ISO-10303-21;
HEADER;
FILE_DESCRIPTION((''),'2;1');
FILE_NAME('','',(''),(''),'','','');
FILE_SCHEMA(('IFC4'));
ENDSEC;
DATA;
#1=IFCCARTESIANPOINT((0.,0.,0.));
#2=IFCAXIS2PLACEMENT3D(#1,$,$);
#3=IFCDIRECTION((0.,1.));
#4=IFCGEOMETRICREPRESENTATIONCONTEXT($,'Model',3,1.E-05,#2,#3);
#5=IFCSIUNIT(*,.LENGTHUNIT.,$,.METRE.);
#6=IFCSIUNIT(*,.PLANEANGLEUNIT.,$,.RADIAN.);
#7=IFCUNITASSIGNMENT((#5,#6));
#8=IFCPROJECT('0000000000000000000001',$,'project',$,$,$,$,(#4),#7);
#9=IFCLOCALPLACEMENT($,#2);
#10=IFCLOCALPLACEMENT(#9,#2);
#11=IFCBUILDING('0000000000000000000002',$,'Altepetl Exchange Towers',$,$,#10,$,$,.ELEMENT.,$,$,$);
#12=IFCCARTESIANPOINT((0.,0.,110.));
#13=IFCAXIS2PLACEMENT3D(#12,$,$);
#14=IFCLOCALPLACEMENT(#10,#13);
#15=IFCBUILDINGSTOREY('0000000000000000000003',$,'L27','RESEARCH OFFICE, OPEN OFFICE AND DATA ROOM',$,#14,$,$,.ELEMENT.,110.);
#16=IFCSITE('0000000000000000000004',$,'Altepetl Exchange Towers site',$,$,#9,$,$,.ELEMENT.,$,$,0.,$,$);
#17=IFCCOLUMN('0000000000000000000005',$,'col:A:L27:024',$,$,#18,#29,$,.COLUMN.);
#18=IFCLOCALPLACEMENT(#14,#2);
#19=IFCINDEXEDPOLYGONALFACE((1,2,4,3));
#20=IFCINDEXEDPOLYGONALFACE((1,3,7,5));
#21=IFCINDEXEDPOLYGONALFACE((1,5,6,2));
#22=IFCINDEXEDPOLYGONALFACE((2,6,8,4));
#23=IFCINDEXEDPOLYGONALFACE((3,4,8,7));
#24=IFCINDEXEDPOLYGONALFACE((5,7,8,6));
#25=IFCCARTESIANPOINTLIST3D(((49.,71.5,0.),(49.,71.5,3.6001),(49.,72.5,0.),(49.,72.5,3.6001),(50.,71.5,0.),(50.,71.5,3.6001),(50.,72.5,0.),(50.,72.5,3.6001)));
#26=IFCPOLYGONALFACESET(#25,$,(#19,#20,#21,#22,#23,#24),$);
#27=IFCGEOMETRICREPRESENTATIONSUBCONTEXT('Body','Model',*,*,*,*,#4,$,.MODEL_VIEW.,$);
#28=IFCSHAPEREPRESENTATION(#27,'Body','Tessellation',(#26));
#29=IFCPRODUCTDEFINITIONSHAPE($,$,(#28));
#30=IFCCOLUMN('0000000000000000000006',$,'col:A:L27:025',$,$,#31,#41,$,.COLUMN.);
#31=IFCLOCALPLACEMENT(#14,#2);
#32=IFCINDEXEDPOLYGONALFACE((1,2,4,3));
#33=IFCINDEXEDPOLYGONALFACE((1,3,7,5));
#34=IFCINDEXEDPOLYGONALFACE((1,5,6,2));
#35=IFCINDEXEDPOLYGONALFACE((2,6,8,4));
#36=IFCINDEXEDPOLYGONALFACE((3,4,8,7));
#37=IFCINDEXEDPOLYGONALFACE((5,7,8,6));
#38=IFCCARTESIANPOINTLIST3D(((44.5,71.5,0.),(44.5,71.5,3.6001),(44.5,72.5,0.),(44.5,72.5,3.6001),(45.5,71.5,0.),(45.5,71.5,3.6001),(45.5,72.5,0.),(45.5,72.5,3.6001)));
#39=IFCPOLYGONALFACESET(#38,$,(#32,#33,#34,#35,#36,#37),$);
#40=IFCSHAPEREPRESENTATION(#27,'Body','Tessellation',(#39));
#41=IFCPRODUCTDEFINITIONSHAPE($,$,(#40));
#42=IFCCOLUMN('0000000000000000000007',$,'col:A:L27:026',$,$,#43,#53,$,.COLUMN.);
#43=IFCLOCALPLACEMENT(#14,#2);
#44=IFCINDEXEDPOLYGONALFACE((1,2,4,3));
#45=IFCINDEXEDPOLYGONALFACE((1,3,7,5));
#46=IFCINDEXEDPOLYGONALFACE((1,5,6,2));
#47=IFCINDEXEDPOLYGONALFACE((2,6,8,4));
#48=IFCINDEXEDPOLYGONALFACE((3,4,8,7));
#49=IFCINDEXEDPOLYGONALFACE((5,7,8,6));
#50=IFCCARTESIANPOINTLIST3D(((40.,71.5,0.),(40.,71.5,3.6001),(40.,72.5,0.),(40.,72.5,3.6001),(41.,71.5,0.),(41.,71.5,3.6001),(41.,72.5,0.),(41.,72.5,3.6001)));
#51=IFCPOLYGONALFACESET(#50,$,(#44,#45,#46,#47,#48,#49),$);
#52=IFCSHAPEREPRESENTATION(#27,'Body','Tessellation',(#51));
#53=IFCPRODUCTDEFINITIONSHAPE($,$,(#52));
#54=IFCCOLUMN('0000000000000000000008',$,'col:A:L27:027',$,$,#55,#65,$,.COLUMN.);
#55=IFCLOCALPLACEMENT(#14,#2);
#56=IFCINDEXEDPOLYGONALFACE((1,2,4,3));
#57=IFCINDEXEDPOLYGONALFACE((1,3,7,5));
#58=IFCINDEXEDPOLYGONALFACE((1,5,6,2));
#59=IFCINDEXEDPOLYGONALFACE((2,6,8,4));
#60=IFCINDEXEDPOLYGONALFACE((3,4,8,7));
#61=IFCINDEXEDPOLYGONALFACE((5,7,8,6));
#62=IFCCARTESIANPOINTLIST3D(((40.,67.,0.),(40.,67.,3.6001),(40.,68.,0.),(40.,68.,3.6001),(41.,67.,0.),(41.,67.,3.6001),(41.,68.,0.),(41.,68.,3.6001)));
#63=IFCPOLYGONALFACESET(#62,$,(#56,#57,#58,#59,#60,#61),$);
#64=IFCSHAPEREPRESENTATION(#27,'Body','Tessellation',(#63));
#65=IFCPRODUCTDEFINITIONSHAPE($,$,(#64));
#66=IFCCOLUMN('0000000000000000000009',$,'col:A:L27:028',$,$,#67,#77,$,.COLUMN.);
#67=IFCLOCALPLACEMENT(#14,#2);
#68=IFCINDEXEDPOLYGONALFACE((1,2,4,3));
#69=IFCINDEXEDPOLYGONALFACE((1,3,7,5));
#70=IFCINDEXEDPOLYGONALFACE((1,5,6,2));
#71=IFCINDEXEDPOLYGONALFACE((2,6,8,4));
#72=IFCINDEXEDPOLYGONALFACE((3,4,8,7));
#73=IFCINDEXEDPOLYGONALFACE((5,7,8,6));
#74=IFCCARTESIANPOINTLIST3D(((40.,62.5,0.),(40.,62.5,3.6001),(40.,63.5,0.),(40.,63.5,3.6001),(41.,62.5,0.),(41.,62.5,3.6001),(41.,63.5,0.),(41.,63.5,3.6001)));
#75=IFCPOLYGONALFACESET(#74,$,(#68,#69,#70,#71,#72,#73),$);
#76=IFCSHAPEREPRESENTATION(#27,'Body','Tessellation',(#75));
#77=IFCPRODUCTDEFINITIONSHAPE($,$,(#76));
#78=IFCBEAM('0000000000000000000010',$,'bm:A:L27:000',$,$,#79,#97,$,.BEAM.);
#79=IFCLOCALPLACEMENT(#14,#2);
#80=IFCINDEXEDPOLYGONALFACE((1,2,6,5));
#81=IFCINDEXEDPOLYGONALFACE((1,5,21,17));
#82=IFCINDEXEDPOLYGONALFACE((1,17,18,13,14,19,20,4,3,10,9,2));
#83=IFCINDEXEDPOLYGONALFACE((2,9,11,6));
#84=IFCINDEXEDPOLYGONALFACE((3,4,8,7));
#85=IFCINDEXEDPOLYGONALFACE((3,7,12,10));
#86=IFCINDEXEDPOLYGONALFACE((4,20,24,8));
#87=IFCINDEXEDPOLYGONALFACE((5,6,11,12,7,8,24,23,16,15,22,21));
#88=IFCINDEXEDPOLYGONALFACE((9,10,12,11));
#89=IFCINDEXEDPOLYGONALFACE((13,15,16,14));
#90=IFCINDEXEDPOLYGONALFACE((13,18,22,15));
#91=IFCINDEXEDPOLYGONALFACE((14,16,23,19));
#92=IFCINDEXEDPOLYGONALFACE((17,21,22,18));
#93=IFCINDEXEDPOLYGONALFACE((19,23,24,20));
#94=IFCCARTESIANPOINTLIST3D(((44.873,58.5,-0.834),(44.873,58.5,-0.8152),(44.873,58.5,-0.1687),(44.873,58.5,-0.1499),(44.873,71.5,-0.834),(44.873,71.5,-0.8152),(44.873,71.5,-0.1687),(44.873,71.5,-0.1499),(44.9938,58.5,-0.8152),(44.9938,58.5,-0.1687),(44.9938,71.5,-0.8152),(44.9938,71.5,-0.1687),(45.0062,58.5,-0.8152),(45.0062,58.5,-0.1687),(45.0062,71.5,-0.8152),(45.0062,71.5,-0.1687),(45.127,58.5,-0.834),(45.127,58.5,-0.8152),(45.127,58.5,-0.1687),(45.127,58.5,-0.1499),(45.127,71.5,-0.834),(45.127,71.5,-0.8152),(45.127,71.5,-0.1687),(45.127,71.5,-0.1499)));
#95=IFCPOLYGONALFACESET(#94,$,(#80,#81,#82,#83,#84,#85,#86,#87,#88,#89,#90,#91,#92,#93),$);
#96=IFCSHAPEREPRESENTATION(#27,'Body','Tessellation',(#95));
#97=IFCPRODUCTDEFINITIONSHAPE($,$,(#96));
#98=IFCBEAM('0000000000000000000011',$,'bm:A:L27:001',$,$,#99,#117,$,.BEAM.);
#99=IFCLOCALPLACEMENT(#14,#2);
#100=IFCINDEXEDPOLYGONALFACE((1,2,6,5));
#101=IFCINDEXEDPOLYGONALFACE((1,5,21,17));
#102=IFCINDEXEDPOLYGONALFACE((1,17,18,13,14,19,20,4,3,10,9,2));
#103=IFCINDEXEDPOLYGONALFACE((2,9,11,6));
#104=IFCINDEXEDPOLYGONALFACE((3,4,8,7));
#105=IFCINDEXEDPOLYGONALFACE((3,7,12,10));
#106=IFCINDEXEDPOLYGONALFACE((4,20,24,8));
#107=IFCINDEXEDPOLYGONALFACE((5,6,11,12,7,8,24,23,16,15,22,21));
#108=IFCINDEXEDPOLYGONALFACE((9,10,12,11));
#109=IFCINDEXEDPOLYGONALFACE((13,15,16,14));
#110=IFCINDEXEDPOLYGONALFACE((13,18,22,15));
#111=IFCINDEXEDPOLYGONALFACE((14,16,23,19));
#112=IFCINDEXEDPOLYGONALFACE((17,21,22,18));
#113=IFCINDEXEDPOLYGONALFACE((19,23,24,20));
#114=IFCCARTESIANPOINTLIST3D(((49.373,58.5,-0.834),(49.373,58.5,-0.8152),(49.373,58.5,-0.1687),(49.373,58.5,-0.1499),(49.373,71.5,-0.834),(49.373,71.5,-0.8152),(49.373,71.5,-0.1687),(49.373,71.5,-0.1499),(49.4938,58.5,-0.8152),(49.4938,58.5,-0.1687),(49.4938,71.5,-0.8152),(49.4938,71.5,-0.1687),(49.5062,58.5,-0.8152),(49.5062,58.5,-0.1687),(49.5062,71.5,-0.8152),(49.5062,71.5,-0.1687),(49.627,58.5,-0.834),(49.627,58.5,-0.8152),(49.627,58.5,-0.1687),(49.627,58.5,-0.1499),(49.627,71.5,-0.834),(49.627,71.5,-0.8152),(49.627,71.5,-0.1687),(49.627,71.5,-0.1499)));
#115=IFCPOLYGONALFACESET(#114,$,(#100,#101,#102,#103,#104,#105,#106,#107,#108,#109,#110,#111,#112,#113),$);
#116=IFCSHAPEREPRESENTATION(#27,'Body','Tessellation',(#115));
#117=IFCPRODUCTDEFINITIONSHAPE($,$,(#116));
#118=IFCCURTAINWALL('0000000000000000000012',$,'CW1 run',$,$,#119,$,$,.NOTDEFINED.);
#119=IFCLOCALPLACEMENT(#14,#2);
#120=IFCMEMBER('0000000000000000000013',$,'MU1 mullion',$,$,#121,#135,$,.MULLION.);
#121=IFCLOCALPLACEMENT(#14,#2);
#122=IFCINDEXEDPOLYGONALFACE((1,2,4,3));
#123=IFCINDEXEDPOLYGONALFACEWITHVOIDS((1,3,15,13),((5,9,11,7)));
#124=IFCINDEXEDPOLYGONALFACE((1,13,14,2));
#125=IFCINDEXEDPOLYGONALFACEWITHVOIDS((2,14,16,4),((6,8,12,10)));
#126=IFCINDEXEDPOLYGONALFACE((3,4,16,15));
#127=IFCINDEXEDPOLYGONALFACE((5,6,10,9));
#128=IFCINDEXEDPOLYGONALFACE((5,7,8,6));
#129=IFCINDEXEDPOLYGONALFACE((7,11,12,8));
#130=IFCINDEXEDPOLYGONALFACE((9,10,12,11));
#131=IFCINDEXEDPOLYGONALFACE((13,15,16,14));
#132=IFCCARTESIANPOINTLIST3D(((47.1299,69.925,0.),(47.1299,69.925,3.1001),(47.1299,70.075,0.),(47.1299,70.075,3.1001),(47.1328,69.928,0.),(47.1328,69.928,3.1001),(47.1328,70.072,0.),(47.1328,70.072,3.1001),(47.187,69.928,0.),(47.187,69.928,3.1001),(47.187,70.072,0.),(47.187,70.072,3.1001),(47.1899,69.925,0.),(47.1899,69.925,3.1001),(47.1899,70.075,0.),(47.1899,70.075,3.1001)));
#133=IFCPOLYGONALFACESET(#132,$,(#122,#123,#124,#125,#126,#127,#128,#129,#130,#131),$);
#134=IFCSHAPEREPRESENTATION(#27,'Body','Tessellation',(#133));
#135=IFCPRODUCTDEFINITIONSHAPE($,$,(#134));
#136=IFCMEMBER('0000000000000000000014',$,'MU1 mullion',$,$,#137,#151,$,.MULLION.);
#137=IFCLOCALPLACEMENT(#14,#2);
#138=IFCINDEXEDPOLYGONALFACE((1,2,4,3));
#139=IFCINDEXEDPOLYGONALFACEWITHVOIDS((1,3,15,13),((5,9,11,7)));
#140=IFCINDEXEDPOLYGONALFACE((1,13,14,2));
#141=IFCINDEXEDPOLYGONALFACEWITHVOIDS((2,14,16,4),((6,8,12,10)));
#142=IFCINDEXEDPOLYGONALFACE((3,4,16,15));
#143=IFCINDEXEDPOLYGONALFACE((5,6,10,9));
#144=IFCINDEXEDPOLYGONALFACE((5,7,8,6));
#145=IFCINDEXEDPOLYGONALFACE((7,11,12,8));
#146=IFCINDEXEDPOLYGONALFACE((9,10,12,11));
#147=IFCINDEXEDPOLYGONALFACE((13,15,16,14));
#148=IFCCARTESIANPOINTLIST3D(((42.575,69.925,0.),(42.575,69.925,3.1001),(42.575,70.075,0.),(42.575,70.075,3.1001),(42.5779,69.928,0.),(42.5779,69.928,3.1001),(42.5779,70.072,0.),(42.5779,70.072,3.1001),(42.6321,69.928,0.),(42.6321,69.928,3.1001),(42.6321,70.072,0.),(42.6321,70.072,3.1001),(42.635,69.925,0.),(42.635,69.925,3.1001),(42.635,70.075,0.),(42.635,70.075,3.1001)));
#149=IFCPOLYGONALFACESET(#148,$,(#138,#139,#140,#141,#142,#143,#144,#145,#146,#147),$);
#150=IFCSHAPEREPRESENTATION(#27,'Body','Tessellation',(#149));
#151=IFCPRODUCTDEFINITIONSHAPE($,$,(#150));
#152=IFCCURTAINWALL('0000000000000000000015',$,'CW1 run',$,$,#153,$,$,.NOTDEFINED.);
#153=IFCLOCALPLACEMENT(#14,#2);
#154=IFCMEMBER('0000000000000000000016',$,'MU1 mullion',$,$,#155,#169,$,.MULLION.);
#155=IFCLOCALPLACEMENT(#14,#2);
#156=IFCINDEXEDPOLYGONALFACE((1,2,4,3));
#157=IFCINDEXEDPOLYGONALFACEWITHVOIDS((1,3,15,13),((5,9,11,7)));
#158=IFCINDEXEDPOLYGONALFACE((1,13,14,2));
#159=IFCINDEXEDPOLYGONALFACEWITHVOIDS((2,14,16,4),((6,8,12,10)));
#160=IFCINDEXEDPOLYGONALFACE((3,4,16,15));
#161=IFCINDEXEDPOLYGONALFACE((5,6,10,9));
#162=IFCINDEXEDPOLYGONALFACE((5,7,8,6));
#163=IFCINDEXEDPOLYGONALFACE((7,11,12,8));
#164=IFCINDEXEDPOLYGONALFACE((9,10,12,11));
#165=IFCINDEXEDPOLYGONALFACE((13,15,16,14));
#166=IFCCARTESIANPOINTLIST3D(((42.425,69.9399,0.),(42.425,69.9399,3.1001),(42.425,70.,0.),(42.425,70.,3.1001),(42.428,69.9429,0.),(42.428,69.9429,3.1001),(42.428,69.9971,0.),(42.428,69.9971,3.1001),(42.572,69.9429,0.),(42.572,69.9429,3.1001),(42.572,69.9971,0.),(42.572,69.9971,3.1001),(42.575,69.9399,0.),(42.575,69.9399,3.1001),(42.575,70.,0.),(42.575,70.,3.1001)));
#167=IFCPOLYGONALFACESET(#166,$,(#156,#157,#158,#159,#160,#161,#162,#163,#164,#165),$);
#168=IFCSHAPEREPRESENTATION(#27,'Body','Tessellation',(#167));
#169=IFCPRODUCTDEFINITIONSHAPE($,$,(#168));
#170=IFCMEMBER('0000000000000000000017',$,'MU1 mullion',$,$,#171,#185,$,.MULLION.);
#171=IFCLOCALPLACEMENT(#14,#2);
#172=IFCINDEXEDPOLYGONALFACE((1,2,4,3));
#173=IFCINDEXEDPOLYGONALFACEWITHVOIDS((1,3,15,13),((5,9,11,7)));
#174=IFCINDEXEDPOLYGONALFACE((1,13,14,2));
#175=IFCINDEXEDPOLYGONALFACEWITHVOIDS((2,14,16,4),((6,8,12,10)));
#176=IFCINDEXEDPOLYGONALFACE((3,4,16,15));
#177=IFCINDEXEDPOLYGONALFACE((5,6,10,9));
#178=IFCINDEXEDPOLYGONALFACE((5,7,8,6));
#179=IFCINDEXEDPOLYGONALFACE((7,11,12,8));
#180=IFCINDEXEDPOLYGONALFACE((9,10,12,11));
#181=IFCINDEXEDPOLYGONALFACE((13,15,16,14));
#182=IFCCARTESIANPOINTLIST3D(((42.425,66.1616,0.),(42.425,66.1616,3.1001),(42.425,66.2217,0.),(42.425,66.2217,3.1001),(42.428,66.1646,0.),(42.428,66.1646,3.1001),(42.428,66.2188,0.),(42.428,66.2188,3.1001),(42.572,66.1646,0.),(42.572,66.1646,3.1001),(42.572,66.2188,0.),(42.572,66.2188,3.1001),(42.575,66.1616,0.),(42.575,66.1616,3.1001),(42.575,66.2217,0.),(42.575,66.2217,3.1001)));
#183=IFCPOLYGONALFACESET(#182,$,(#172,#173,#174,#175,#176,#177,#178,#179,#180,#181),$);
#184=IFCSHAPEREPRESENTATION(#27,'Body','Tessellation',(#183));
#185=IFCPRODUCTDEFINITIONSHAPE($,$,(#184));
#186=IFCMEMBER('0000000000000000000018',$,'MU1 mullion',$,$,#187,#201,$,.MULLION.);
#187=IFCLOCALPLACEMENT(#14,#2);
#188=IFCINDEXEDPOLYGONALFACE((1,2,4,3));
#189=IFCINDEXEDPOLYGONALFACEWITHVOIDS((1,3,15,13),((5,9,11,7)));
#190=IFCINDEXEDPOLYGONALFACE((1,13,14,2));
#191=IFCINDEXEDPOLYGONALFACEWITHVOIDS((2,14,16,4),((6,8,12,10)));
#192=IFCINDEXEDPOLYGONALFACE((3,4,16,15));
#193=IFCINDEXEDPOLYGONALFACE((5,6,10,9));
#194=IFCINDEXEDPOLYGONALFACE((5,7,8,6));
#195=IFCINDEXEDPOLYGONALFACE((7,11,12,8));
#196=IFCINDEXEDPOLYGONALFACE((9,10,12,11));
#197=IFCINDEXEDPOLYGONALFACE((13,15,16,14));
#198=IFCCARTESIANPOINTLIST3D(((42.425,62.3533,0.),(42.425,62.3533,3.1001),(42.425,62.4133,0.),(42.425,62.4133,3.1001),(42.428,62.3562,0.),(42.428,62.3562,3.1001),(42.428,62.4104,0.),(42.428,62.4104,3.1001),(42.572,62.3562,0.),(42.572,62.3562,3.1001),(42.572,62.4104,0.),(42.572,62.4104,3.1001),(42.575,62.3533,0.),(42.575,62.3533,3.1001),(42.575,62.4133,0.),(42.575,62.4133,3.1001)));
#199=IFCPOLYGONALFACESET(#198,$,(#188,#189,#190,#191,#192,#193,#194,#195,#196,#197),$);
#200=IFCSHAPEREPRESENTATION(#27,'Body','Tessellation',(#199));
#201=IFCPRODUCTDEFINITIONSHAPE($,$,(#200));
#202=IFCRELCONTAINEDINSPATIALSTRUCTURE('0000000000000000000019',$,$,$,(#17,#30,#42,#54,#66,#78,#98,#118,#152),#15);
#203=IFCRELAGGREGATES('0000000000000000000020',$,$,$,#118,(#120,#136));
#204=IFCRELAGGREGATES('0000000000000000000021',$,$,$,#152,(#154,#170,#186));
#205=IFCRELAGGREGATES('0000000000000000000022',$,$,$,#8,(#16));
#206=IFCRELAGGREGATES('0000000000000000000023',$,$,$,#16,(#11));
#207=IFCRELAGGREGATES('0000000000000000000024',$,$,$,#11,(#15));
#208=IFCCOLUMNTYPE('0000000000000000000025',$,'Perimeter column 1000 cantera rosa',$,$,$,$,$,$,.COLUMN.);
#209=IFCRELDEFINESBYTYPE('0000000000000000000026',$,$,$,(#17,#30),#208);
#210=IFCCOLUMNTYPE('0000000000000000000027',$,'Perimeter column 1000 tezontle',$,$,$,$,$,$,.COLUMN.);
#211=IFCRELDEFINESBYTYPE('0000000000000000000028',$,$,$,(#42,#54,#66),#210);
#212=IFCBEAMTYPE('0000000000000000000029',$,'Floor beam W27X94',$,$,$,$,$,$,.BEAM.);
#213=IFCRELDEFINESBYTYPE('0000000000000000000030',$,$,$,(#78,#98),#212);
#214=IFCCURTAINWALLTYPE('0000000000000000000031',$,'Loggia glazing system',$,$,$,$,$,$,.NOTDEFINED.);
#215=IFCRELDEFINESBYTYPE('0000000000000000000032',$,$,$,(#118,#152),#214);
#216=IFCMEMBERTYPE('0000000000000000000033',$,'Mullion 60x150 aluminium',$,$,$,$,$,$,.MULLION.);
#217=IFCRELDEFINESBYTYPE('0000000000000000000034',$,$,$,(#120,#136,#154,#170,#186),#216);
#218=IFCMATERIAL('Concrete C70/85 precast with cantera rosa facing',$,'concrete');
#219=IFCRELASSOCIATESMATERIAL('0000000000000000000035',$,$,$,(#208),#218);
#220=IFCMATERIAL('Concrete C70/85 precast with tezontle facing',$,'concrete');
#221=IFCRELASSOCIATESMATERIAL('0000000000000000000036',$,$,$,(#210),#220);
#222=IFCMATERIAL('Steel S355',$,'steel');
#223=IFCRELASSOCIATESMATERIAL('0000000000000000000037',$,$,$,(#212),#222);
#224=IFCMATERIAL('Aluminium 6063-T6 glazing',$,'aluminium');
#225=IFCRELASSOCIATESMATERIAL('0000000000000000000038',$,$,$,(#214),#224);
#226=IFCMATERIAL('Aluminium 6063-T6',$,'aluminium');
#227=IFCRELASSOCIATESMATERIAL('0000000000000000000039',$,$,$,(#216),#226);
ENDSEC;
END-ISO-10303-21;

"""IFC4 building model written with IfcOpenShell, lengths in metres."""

from ifc_helpers import new_model, si_unit, direction, frame, origin, origin_2d, place, context, subcontext, project, spatial, rectangle, hollow_rectangle, i_section, extrude, material, material_profile, profile_set, type_object, element, aggregate, save


model = new_model("IFC4")

# Units and contexts
model_context = context("Model", 3, precision=1e-05, world=origin(), true_north=direction((0.0, 1.0)))
body_context = subcontext(model_context, "Body", "Model", "MODEL_VIEW")
ifc_project = project(units=[si_unit("LENGTHUNIT", "METRE"), si_unit("PLANEANGLEUNIT", "RADIAN")], contexts=[model_context])

# Site, building, storey
site_placement = place(None, origin())
site = spatial("IfcSite", under=ifc_project, at=site_placement, Name="Altepetl Exchange Towers site", CompositionType="ELEMENT", RefElevation=0.0)
building_placement = place(site_placement, origin())
building = spatial("IfcBuilding", under=site, at=building_placement, Name="Altepetl Exchange Towers", CompositionType="ELEMENT")
storey_placement = place(building_placement, frame((0.0, 0.0, 110.0)))
storey = spatial("IfcBuildingStorey", under=building, at=storey_placement, Name="L27", Description="RESEARCH OFFICE, OPEN OFFICE AND DATA ROOM", CompositionType="ELEMENT", Elevation=110.0)

# Columns
ifc_material_1 = material(Name="Concrete C70/85 precast with cantera rosa facing", Category="concrete")
ifc_material_profile_1 = material_profile(ifc_material_1, rectangle(XDim=1.0, YDim=1.0, at=origin_2d()), Name="1000 x 1000")
ifc_profile_set_1 = profile_set([ifc_material_profile_1], Name="Concrete C70/85 precast with cantera rosa facing")
column_type_1 = type_object("IfcColumnType", Name="Perimeter column 1000 cantera rosa", PredefinedType="COLUMN", material=ifc_profile_set_1)
for number, where, name in (
    (1, (49.5, 72.0, 0.0), "col:A:L27:024"),
    (2, (45.0, 72.0, 0.0), "col:A:L27:025"),
):
    element("IfcColumn", number, at=place(storey_placement, frame(where)), inside=storey, type_object=column_type_1, Name=name, PredefinedType="COLUMN", context=body_context, shape_type="SweptSolid", body=[
        extrude(rectangle(XDim=1.0, YDim=1.0, at=origin_2d()), origin(), (0.0, 0.0, 1.0), 3.6001),
    ])
ifc_material_2 = material(Name="Concrete C70/85 precast with tezontle facing", Category="concrete")
ifc_material_profile_2 = material_profile(ifc_material_2, rectangle(XDim=1.0, YDim=1.0, at=origin_2d()), Name="1000 x 1000")
ifc_profile_set_2 = profile_set([ifc_material_profile_2], Name="Concrete C70/85 precast with tezontle facing")
column_type_2 = type_object("IfcColumnType", Name="Perimeter column 1000 tezontle", PredefinedType="COLUMN", material=ifc_profile_set_2)
for number, where, name in (
    (3, (40.5, 72.0, 0.0), "col:A:L27:026"),
    (4, (40.5, 67.5, 0.0), "col:A:L27:027"),
    (5, (40.5, 63.0, 0.0), "col:A:L27:028"),
):
    element("IfcColumn", number, at=place(storey_placement, frame(where)), inside=storey, type_object=column_type_2, Name=name, PredefinedType="COLUMN", context=body_context, shape_type="SweptSolid", body=[
        extrude(rectangle(XDim=1.0, YDim=1.0, at=origin_2d()), origin(), (0.0, 0.0, 1.0), 3.6001),
    ])

# Beams
ifc_material_3 = material(Name="Steel S355", Category="steel")
ifc_material_profile_3 = material_profile(ifc_material_3, i_section(OverallWidth=0.2539, OverallDepth=0.6841, WebThickness=0.0125, FlangeThickness=0.0188, at=origin_2d()), Name="W27X94")
ifc_profile_set_3 = profile_set([ifc_material_profile_3], Name="Steel S355")
beam_type_1 = type_object("IfcBeamType", Name="Floor beam W27X94", PredefinedType="BEAM", material=ifc_profile_set_3)
for number, where, z_axis, x_axis, name in (
    (6, (45.0, 58.5, -0.4919), (0.0, 1.0, 0.0), (-1.0, 0.0, 0.0), "bm:A:L27:000"),
    (7, (49.5, 58.5, -0.4919), (0.0, 1.0, 0.0), (-1.0, 0.0, 0.0), "bm:A:L27:001"),
):
    element("IfcBeam", number, at=place(storey_placement, frame(where, z_axis=z_axis, x_axis=x_axis)), inside=storey, type_object=beam_type_1, Name=name, PredefinedType="BEAM", context=body_context, shape_type="SweptSolid", body=[
        extrude(i_section(OverallWidth=0.2539, OverallDepth=0.6841, WebThickness=0.0125, FlangeThickness=0.0188, at=origin_2d()), origin(), (0.0, 0.0, 1.0), 13.0),
    ])

# Curtain walls, members
ifc_material_4 = material(Name="Aluminium 6063-T6 glazing", Category="aluminium")
curtain_wall_type = type_object("IfcCurtainWallType", Name="Loggia glazing system", PredefinedType="NOTDEFINED", material=ifc_material_4)
curtain_wall_1_placement = place(storey_placement, origin())
curtain_wall_1 = element("IfcCurtainWall", 8, at=curtain_wall_1_placement, inside=storey, type_object=curtain_wall_type, Name="CW1 run", PredefinedType="NOTDEFINED")
ifc_material_5 = material(Name="Aluminium 6063-T6", Category="aluminium")
ifc_material_profile_4 = material_profile(ifc_material_5, hollow_rectangle(XDim=0.0601, YDim=0.1499, WallThickness=0.0029, at=origin_2d()), Name="Mullion 60x150 aluminium")
ifc_profile_set_4 = profile_set([ifc_material_profile_4], Name="Aluminium 6063-T6")
member_type = type_object("IfcMemberType", Name="Mullion 60x150 aluminium", PredefinedType="MULLION", material=ifc_profile_set_4)
member_1_placement = place(storey_placement, frame((47.1599, 70.0, 0.0), z_axis=(0.0, 0.0, 1.0), x_axis=(-1.0, 0.0, 0.0)))
member_1 = element("IfcMember", 9, at=member_1_placement, type_object=member_type, Name="MU1 mullion", PredefinedType="MULLION", context=body_context, shape_type="SweptSolid", body=[
    extrude(hollow_rectangle(XDim=0.0601, YDim=0.1499, WallThickness=0.0029, at=origin_2d()), origin(), (0.0, 0.0, 1.0), 3.1001),
])
member_2_placement = place(storey_placement, frame((42.605, 70.0, 0.0), z_axis=(0.0, 0.0, 1.0), x_axis=(-1.0, 0.0, 0.0)))
member_2 = element("IfcMember", 10, at=member_2_placement, type_object=member_type, Name="MU1 mullion", PredefinedType="MULLION", context=body_context, shape_type="SweptSolid", body=[
    extrude(hollow_rectangle(XDim=0.0601, YDim=0.1499, WallThickness=0.0029, at=origin_2d()), origin(), (0.0, 0.0, 1.0), 3.1001),
])
curtain_wall_2_placement = place(storey_placement, origin())
curtain_wall_2 = element("IfcCurtainWall", 11, at=curtain_wall_2_placement, inside=storey, type_object=curtain_wall_type, Name="CW1 run", PredefinedType="NOTDEFINED")
member_3_placement = place(storey_placement, frame((42.5, 69.97, 0.0), z_axis=(0.0, 0.0, 1.0), x_axis=(0.0, -1.0, 0.0)))
member_3 = element("IfcMember", 12, at=member_3_placement, type_object=member_type, Name="MU1 mullion", PredefinedType="MULLION", context=body_context, shape_type="SweptSolid", body=[
    extrude(hollow_rectangle(XDim=0.0601, YDim=0.1499, WallThickness=0.0029, at=origin_2d()), origin(), (0.0, 0.0, 1.0), 3.1001),
])
member_4_placement = place(storey_placement, frame((42.5, 66.1917, 0.0), z_axis=(0.0, 0.0, 1.0), x_axis=(0.0, -1.0, 0.0)))
member_4 = element("IfcMember", 13, at=member_4_placement, type_object=member_type, Name="MU1 mullion", PredefinedType="MULLION", context=body_context, shape_type="SweptSolid", body=[
    extrude(hollow_rectangle(XDim=0.0601, YDim=0.1499, WallThickness=0.0029, at=origin_2d()), origin(), (0.0, 0.0, 1.0), 3.1001),
])
member_5_placement = place(storey_placement, frame((42.5, 62.3833, 0.0), z_axis=(0.0, 0.0, 1.0), x_axis=(0.0, -1.0, 0.0)))
member_5 = element("IfcMember", 14, at=member_5_placement, type_object=member_type, Name="MU1 mullion", PredefinedType="MULLION", context=body_context, shape_type="SweptSolid", body=[
    extrude(hollow_rectangle(XDim=0.0601, YDim=0.1499, WallThickness=0.0029, at=origin_2d()), origin(), (0.0, 0.0, 1.0), 3.1001),
])

aggregate(curtain_wall_1, [member_1, member_2])
aggregate(curtain_wall_2, [member_3, member_4, member_5])

save(model, "model.ifc")
